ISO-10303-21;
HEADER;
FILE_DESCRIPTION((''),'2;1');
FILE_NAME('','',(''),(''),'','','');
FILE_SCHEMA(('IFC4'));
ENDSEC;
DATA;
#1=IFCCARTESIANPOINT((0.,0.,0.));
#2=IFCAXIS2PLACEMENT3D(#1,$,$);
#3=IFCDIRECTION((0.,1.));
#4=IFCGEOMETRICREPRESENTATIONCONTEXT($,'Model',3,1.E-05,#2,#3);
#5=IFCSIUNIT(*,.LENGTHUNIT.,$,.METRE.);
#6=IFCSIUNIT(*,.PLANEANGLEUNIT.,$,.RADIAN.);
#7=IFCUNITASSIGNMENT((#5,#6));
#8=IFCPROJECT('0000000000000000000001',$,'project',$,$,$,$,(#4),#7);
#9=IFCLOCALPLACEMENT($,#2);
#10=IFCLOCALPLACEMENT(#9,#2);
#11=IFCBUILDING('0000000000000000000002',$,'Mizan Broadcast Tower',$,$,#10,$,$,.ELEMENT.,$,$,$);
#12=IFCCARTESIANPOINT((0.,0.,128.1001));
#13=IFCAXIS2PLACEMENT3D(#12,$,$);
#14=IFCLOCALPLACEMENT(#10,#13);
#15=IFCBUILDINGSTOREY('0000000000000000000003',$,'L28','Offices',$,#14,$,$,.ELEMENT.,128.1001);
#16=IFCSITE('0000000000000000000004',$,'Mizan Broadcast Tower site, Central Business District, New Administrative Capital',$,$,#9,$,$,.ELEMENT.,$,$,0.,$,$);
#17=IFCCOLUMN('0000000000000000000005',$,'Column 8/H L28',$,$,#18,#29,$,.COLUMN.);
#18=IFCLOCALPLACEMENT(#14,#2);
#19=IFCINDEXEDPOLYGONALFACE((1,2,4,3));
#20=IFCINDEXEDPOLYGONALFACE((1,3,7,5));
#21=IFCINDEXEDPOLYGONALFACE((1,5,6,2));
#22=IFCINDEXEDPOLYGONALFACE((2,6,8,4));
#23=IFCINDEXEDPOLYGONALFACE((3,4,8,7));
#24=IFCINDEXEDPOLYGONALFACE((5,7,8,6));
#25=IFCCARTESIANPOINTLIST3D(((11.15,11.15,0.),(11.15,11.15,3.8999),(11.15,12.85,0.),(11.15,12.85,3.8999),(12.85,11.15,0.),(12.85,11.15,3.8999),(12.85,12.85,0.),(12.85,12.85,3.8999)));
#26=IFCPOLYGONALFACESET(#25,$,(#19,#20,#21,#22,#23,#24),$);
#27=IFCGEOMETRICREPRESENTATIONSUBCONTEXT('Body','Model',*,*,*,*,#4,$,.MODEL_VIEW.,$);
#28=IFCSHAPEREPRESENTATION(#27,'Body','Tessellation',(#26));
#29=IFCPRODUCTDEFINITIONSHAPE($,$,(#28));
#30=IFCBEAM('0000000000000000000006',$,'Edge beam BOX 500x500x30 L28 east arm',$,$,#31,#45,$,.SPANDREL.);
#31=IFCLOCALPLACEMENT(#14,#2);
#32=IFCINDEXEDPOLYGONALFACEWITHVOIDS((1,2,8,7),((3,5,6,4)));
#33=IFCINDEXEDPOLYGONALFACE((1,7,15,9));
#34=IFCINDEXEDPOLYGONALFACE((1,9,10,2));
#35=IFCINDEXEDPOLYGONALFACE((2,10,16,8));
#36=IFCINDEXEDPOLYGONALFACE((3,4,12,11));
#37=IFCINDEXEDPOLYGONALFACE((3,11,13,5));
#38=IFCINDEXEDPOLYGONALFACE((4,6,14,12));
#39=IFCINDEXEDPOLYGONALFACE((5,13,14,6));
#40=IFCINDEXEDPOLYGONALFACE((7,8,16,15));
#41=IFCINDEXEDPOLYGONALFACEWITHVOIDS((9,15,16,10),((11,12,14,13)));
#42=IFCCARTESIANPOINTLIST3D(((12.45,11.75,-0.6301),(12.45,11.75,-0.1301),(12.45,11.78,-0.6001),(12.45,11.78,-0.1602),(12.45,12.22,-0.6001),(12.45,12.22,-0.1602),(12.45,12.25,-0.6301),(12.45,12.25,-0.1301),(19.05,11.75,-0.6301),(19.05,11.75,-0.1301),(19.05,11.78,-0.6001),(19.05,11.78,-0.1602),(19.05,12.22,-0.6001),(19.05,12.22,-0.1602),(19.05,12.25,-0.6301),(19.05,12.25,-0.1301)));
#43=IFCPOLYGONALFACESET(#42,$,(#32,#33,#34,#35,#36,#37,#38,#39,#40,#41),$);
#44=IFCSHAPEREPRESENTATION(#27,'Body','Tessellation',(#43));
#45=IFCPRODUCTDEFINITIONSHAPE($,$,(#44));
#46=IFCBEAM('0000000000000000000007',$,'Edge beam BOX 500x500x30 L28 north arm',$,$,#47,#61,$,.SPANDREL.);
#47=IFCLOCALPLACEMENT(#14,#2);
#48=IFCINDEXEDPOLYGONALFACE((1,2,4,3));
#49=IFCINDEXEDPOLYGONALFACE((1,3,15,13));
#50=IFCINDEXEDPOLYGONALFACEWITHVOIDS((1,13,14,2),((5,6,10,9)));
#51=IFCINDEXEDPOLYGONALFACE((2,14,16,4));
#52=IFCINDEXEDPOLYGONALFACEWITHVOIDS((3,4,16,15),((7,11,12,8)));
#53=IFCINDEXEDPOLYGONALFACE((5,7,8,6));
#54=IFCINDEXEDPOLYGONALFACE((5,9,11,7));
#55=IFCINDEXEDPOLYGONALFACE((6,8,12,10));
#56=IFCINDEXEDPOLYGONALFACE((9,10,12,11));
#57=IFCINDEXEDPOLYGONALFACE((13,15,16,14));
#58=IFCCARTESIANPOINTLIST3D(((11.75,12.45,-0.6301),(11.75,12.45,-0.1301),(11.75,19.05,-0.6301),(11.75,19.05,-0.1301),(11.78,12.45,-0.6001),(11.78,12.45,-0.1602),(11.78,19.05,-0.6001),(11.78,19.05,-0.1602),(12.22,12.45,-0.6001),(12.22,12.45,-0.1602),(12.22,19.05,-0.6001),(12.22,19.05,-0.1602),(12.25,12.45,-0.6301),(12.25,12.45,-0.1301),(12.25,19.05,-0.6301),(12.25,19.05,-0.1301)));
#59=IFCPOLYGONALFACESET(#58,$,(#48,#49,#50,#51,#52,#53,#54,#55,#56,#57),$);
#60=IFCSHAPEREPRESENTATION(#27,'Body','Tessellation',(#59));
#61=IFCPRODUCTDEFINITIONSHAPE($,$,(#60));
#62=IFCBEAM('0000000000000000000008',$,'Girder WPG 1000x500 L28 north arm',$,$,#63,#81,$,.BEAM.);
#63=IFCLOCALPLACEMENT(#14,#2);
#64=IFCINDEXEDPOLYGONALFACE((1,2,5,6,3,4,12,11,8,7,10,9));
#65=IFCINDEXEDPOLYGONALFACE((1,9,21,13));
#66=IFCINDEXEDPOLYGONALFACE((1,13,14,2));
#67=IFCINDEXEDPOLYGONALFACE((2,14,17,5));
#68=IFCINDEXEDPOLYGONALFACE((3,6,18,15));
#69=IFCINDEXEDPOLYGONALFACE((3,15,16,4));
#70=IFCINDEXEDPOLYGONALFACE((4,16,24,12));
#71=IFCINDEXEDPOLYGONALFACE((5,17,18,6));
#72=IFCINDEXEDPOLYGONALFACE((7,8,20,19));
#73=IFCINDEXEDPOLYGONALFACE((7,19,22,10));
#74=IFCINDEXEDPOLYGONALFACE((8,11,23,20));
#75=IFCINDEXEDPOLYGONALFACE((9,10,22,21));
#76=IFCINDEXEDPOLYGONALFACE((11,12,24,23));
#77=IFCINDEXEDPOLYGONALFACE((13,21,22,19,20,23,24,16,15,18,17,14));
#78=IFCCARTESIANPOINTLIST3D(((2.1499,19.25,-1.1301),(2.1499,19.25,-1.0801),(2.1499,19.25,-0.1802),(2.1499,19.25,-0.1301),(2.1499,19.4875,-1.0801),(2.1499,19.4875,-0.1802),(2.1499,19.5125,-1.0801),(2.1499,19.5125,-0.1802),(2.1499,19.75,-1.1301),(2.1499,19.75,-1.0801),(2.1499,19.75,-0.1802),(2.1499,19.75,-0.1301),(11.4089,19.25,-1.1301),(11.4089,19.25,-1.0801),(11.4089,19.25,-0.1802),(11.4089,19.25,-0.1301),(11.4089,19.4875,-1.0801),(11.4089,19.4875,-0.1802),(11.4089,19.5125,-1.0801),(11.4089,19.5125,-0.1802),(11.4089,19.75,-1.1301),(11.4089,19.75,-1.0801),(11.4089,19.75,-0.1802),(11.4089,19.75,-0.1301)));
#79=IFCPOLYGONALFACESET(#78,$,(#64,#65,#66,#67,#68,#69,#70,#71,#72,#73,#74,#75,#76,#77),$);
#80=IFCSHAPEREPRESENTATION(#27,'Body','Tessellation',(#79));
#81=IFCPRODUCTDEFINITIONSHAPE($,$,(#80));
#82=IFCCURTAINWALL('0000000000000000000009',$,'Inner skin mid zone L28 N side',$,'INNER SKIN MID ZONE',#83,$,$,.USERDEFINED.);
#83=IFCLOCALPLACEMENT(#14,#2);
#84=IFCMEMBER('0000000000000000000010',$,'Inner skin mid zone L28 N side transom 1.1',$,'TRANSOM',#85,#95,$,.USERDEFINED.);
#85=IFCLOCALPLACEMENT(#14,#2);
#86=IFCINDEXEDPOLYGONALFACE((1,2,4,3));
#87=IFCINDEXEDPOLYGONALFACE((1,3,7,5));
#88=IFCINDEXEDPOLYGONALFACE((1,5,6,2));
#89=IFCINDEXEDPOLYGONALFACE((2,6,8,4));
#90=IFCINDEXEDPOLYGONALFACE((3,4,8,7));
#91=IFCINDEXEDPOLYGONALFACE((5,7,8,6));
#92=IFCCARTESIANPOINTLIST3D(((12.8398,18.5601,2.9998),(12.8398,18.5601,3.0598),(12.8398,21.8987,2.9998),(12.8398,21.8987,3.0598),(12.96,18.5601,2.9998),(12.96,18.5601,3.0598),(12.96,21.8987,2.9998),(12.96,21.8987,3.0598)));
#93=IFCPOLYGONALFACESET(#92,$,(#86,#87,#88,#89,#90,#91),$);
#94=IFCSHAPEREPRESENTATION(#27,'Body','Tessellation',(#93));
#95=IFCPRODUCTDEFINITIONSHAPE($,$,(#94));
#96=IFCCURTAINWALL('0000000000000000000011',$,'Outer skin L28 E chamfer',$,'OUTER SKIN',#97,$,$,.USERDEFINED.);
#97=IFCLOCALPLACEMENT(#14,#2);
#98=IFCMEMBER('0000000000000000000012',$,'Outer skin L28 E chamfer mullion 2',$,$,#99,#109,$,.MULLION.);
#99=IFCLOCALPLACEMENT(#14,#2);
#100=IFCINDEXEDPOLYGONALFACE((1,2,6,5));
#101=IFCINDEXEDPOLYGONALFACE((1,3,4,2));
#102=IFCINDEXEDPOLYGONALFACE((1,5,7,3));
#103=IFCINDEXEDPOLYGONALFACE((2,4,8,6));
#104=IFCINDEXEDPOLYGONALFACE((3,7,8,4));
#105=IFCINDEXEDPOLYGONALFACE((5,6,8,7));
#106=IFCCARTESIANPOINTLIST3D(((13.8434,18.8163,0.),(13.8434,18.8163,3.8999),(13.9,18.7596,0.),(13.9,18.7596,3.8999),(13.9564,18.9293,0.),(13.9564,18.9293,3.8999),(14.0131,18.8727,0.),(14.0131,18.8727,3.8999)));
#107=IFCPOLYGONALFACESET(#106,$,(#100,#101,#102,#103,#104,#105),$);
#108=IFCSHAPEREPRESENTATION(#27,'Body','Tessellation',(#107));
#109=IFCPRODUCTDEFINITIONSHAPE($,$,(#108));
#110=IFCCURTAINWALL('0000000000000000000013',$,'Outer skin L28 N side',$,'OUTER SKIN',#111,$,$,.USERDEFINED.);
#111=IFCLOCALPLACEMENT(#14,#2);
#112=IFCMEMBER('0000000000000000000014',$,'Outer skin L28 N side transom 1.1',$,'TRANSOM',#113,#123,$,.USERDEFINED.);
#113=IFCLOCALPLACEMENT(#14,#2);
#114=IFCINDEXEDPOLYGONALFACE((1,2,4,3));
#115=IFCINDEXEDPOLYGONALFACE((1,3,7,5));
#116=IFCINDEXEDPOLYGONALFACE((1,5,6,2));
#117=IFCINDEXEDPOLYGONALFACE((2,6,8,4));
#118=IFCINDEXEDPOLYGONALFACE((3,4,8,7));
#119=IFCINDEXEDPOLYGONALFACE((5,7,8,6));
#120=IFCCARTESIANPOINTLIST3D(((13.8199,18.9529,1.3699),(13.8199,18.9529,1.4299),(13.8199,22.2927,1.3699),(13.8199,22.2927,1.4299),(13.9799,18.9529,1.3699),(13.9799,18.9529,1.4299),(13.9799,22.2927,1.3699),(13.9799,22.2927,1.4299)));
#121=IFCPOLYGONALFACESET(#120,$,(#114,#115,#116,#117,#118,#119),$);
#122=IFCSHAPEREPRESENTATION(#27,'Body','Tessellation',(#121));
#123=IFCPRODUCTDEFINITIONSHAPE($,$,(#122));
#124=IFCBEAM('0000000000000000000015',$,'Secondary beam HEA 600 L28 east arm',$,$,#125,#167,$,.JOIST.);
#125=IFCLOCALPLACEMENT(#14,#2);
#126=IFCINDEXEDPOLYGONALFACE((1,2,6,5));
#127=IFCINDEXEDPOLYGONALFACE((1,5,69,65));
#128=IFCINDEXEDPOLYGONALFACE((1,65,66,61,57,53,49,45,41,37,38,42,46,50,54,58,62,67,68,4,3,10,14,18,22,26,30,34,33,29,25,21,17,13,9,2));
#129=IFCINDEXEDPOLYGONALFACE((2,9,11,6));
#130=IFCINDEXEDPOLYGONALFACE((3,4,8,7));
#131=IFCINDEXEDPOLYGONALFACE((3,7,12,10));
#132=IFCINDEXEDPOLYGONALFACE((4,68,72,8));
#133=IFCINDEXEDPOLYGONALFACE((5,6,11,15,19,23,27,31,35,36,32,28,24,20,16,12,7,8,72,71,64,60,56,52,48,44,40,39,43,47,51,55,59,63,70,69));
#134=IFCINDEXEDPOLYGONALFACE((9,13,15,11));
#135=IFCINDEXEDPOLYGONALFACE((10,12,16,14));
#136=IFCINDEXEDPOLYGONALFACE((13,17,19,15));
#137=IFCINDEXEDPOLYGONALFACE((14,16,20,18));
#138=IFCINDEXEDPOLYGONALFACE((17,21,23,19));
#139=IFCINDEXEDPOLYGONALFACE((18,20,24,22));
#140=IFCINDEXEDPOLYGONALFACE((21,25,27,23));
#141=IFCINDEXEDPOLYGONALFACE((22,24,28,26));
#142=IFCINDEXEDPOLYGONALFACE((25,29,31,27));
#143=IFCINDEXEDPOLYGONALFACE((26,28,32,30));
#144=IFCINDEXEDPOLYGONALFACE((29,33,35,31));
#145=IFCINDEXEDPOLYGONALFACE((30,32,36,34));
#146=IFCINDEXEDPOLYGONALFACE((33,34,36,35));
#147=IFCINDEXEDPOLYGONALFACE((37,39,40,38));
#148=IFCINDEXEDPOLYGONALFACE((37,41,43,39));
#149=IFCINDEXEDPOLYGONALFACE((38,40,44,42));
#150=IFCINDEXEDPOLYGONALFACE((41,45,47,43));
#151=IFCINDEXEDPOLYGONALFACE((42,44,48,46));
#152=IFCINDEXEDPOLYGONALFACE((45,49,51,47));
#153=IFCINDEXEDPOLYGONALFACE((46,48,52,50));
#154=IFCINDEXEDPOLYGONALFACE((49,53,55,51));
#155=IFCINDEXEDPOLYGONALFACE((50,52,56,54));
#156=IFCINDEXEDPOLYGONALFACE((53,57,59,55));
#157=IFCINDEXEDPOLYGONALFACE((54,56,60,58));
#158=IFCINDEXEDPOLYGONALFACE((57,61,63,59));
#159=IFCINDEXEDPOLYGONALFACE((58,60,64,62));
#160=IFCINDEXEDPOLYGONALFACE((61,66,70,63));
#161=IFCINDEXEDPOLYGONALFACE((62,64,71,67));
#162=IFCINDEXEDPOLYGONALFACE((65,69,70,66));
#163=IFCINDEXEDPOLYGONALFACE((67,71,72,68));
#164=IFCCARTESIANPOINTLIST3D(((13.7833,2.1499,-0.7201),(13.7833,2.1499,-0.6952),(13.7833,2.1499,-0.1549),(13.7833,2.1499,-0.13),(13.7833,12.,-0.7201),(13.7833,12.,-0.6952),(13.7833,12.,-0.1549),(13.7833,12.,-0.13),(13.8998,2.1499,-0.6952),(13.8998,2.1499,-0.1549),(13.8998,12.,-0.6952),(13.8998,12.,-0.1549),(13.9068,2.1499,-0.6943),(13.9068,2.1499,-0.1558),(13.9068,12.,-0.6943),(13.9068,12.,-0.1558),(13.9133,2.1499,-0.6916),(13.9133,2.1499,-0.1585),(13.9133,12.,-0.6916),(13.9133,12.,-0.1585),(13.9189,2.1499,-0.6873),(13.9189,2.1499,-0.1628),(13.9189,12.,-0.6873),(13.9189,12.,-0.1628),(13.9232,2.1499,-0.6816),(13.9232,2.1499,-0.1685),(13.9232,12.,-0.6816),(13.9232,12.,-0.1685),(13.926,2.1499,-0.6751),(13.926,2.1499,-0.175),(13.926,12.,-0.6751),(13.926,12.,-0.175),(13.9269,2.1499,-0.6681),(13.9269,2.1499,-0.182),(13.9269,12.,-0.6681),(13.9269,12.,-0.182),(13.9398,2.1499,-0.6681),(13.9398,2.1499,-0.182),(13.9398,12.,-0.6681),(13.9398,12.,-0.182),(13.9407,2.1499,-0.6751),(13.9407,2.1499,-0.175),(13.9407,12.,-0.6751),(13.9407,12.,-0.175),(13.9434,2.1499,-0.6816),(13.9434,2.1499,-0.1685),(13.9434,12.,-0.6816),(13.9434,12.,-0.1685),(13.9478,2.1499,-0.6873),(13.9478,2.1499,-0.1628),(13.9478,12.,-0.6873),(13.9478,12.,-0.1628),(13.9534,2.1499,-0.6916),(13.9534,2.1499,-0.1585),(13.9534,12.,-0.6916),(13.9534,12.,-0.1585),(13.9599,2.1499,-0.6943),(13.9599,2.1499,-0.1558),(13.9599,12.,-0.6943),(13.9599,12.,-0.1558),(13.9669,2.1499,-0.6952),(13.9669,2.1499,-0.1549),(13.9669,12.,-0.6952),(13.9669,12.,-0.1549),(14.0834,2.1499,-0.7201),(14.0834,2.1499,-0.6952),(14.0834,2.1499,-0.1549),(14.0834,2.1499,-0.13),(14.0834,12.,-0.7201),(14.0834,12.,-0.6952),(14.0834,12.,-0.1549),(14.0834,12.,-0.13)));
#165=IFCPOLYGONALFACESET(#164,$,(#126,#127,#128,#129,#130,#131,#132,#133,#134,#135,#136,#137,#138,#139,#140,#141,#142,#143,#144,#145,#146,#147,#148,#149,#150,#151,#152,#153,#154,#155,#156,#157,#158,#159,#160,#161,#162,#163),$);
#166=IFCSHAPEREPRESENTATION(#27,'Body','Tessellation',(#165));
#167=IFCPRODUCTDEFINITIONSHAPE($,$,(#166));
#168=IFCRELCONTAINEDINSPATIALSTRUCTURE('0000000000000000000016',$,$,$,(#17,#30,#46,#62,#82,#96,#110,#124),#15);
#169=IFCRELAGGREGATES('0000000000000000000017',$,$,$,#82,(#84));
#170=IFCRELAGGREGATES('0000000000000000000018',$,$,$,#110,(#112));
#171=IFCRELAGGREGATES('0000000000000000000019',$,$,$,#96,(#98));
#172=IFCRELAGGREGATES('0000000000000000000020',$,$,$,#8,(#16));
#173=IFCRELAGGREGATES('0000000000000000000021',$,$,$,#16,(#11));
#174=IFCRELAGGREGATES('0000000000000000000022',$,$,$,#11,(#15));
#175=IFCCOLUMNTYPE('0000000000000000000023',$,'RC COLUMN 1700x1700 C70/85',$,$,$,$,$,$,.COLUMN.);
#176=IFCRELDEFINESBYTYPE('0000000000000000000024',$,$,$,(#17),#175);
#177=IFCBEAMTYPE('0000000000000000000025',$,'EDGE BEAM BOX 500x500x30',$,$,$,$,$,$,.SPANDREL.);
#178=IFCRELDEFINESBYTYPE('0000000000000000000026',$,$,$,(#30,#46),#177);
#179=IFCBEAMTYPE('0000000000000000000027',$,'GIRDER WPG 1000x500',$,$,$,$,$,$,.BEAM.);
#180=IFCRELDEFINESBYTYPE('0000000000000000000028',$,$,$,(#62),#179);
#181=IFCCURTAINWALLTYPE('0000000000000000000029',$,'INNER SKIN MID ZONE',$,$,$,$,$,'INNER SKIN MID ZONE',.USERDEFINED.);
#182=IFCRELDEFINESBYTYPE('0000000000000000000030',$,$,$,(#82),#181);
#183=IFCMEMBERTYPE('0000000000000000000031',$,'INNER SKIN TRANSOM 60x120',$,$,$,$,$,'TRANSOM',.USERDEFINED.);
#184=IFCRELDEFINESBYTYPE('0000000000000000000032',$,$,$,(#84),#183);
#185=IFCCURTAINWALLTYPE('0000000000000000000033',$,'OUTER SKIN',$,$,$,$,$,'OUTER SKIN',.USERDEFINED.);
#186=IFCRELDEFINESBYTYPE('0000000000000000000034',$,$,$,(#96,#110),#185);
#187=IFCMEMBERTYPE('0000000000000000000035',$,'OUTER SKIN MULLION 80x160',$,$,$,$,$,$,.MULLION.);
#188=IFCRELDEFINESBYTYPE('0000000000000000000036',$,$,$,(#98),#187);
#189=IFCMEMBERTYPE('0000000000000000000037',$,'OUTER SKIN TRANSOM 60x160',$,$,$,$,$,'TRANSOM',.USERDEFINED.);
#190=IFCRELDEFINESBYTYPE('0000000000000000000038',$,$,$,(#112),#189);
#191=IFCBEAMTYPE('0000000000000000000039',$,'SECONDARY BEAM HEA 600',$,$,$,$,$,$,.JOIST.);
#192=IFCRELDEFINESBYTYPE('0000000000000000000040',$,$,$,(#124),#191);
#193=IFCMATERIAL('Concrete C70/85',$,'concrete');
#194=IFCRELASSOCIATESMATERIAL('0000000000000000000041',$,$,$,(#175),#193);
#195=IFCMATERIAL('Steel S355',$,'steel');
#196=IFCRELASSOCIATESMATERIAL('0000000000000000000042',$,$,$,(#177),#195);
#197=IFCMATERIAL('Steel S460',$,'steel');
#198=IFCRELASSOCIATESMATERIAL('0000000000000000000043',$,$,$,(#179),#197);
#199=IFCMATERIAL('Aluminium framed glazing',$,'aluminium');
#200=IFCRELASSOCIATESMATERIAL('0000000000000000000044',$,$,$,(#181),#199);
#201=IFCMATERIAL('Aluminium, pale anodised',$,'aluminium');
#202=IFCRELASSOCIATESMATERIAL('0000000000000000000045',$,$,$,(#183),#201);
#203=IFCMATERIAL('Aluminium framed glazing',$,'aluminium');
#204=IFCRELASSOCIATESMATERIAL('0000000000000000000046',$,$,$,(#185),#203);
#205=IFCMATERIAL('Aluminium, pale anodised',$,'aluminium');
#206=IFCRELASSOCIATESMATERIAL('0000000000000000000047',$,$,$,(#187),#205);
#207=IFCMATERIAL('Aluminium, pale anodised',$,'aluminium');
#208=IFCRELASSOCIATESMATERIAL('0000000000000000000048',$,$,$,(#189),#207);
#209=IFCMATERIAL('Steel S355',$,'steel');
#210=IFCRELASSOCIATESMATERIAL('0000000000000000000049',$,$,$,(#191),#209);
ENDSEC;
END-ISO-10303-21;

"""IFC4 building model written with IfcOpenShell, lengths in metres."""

from ifc_helpers import new_model, si_unit, direction, frame, origin, origin_2d, place, context, subcontext, project, spatial, rectangle, hollow_rectangle, i_section, extrude, material, material_profile, profile_set, type_object, element, aggregate, save


model = new_model("IFC4")

# Units and contexts
model_context = context("Model", 3, precision=1e-05, world=origin(), true_north=direction((0.0, 1.0)))
body_context = subcontext(model_context, "Body", "Model", "MODEL_VIEW")
ifc_project = project(units=[si_unit("LENGTHUNIT", "METRE"), si_unit("PLANEANGLEUNIT", "RADIAN")], contexts=[model_context])

# Site, building, storey
site_placement = place(None, origin())
site = spatial("IfcSite", under=ifc_project, at=site_placement, Name="Mizan Broadcast Tower site, Central Business District, New Administrative Capital", CompositionType="ELEMENT", RefElevation=0.0)
building_placement = place(site_placement, origin())
building = spatial("IfcBuilding", under=site, at=building_placement, Name="Mizan Broadcast Tower", CompositionType="ELEMENT")
storey_placement = place(building_placement, frame((0.0, 0.0, 128.1001)))
storey = spatial("IfcBuildingStorey", under=building, at=storey_placement, Name="L28", Description="Offices", CompositionType="ELEMENT", Elevation=128.1001)

# Column
ifc_material_1 = material(Name="Concrete C70/85", Category="concrete")
ifc_material_profile_1 = material_profile(ifc_material_1, rectangle(XDim=1.7, YDim=1.7, at=origin_2d()), Name="RC 1700x1700")
ifc_profile_set_1 = profile_set([ifc_material_profile_1], Name="Concrete C70/85")
column_type = type_object("IfcColumnType", Name="RC COLUMN 1700x1700 C70/85", PredefinedType="COLUMN", material=ifc_profile_set_1)
column_placement = place(storey_placement, frame((12.0, 12.0, 0.0), z_axis=(0.0, 0.0, 1.0), x_axis=(1.0, 0.0, 0.0)))
element("IfcColumn", 1, at=column_placement, inside=storey, type_object=column_type, Name="Column 8/H L28", PredefinedType="COLUMN", context=body_context, shape_type="SweptSolid", body=[
    extrude(rectangle(XDim=1.7, YDim=1.7, at=origin_2d()), origin(), (0.0, 0.0, 1.0), 3.8999),
])

# Beams
ifc_material_2 = material(Name="Steel S355", Category="steel")
ifc_material_profile_2 = material_profile(ifc_material_2, hollow_rectangle(XDim=0.5, YDim=0.5, WallThickness=0.03, at=origin_2d()), Name="BOX 500x500x30")
ifc_profile_set_2 = profile_set([ifc_material_profile_2], Name="Steel S355")
beam_type_1 = type_object("IfcBeamType", Name="EDGE BEAM BOX 500x500x30", PredefinedType="SPANDREL", material=ifc_profile_set_2)
for number, where, z_axis, x_axis, name in (
    (2, (12.45, 12.0, -0.3801), (1.0, 0.0, 0.0), (0.0, 1.0, 0.0), "Edge beam BOX 500x500x30 L28 east arm"),
    (3, (12.0, 12.45, -0.3801), (0.0, 1.0, 0.0), (-1.0, 0.0, 0.0), "Edge beam BOX 500x500x30 L28 north arm"),
):
    element("IfcBeam", number, at=place(storey_placement, frame(where, z_axis=z_axis, x_axis=x_axis)), inside=storey, type_object=beam_type_1, Name=name, PredefinedType="SPANDREL", context=body_context, shape_type="SweptSolid", body=[
        extrude(hollow_rectangle(XDim=0.5, YDim=0.5, WallThickness=0.03, at=origin_2d()), origin(), (0.0, 0.0, 1.0), 6.6001),
    ])
ifc_material_3 = material(Name="Steel S460", Category="steel")
ifc_material_profile_3 = material_profile(ifc_material_3, i_section(OverallWidth=0.5, OverallDepth=1.0, WebThickness=0.0249, FlangeThickness=0.05, at=origin_2d()), Name="WPG 1000x500")
ifc_profile_set_3 = profile_set([ifc_material_profile_3], Name="Steel S460")
beam_type_2 = type_object("IfcBeamType", Name="GIRDER WPG 1000x500", PredefinedType="BEAM", material=ifc_profile_set_3)
beam_1_placement = place(storey_placement, frame((11.4089, 19.5, -0.6301), z_axis=(-1.0, 0.0, 0.0), x_axis=(0.0, -1.0, 0.0)))
element("IfcBeam", 4, at=beam_1_placement, inside=storey, type_object=beam_type_2, Name="Girder WPG 1000x500 L28 north arm", PredefinedType="BEAM", context=body_context, shape_type="SweptSolid", body=[
    extrude(i_section(OverallWidth=0.5, OverallDepth=1.0, WebThickness=0.0249, FlangeThickness=0.05, at=origin_2d()), origin(), (0.0, 0.0, 1.0), 9.259),
])

# Curtain walls, members
ifc_material_4 = material(Name="Aluminium framed glazing", Category="aluminium")
curtain_wall_type_1 = type_object("IfcCurtainWallType", Name="INNER SKIN MID ZONE", ElementType="INNER SKIN MID ZONE", PredefinedType="USERDEFINED", material=ifc_material_4)
curtain_wall_1_placement = place(storey_placement, origin())
curtain_wall_1 = element("IfcCurtainWall", 5, at=curtain_wall_1_placement, inside=storey, type_object=curtain_wall_type_1, Name="Inner skin mid zone L28 N side", ObjectType="INNER SKIN MID ZONE", PredefinedType="USERDEFINED")
ifc_material_5 = material(Name="Aluminium, pale anodised", Category="aluminium")
ifc_material_profile_4 = material_profile(ifc_material_5, rectangle(XDim=0.1201, YDim=0.0601, at=origin_2d()), Name="TRANSOM 120x60")
ifc_profile_set_4 = profile_set([ifc_material_profile_4], Name="Aluminium, pale anodised")
member_type_1 = type_object("IfcMemberType", Name="INNER SKIN TRANSOM 60x120", ElementType="TRANSOM", PredefinedType="USERDEFINED", material=ifc_profile_set_4)
member_1_placement = place(storey_placement, frame((12.8999, 18.5601, 3.0298), z_axis=(0.0, 1.0, 0.0), x_axis=(-1.0, 0.0, 0.0)))
member_1 = element("IfcMember", 6, at=member_1_placement, type_object=member_type_1, Name="Inner skin mid zone L28 N side transom 1.1", ObjectType="TRANSOM", PredefinedType="USERDEFINED", context=body_context, shape_type="SweptSolid", body=[
    extrude(rectangle(XDim=0.1201, YDim=0.0601, at=origin_2d()), origin(), (0.0, 0.0, 1.0), 3.3386),
])
aggregate(curtain_wall_1, [member_1])
ifc_material_6 = material(Name="Aluminium framed glazing", Category="aluminium")
curtain_wall_type_2 = type_object("IfcCurtainWallType", Name="OUTER SKIN", ElementType="OUTER SKIN", PredefinedType="USERDEFINED", material=ifc_material_6)
curtain_wall_2_placement = place(storey_placement, origin())
curtain_wall_2 = element("IfcCurtainWall", 7, at=curtain_wall_2_placement, inside=storey, type_object=curtain_wall_type_2, Name="Outer skin L28 E chamfer", ObjectType="OUTER SKIN", PredefinedType="USERDEFINED")
ifc_material_7 = material(Name="Aluminium, pale anodised", Category="aluminium")
ifc_material_profile_5 = material_profile(ifc_material_7, rectangle(XDim=0.1599, YDim=0.0801, at=origin_2d()), Name="MULLION 160x80")
ifc_profile_set_5 = profile_set([ifc_material_profile_5], Name="Aluminium, pale anodised")
member_type_2 = type_object("IfcMemberType", Name="OUTER SKIN MULLION 80x160", PredefinedType="MULLION", material=ifc_profile_set_5)
member_2_placement = place(storey_placement, frame((13.9282, 18.8445, 0.0), z_axis=(0.0, 0.0, 1.0), x_axis=(-0.707107, -0.707107, 0.0)))
member_2 = element("IfcMember", 8, at=member_2_placement, type_object=member_type_2, Name="Outer skin L28 E chamfer mullion 2", PredefinedType="MULLION", context=body_context, shape_type="SweptSolid", body=[
    extrude(rectangle(XDim=0.1599, YDim=0.0801, at=origin_2d()), origin(), (0.0, 0.0, 1.0), 3.8999),
])
curtain_wall_3_placement = place(storey_placement, origin())
curtain_wall_3 = element("IfcCurtainWall", 9, at=curtain_wall_3_placement, inside=storey, type_object=curtain_wall_type_2, Name="Outer skin L28 N side", ObjectType="OUTER SKIN", PredefinedType="USERDEFINED")
ifc_material_8 = material(Name="Aluminium, pale anodised", Category="aluminium")
ifc_material_profile_6 = material_profile(ifc_material_8, rectangle(XDim=0.1599, YDim=0.0601, at=origin_2d()), Name="TRANSOM 160x60")
ifc_profile_set_6 = profile_set([ifc_material_profile_6], Name="Aluminium, pale anodised")
member_type_3 = type_object("IfcMemberType", Name="OUTER SKIN TRANSOM 60x160", ElementType="TRANSOM", PredefinedType="USERDEFINED", material=ifc_profile_set_6)
member_3_placement = place(storey_placement, frame((13.8999, 18.9529, 1.3999), z_axis=(0.0, 1.0, 0.0), x_axis=(-1.0, 0.0, 0.0)))
member_3 = element("IfcMember", 10, at=member_3_placement, type_object=member_type_3, Name="Outer skin L28 N side transom 1.1", ObjectType="TRANSOM", PredefinedType="USERDEFINED", context=body_context, shape_type="SweptSolid", body=[
    extrude(rectangle(XDim=0.1599, YDim=0.0601, at=origin_2d()), origin(), (0.0, 0.0, 1.0), 3.3398),
])
aggregate(curtain_wall_3, [member_3])

# Beam
ifc_material_9 = material(Name="Steel S355", Category="steel")
ifc_material_profile_7 = material_profile(ifc_material_9, i_section(OverallWidth=0.3, OverallDepth=0.5901, WebThickness=0.0129, FlangeThickness=0.0249, FilletRadius=0.0271, at=origin_2d()), Name="HEA 600")
ifc_profile_set_7 = profile_set([ifc_material_profile_7], Name="Steel S355")
beam_type_3 = type_object("IfcBeamType", Name="SECONDARY BEAM HEA 600", PredefinedType="JOIST", material=ifc_profile_set_7)
for number, where, z_axis, x_axis, name in (
    (11, (13.9333, 12.0, -0.425), (0.0, -1.0, 0.0), (1.0, 0.0, 0.0), "Secondary beam HEA 600 L28 east arm"),
):
    element("IfcBeam", number, at=place(storey_placement, frame(where, z_axis=z_axis, x_axis=x_axis)), inside=storey, type_object=beam_type_3, Name=name, PredefinedType="JOIST", context=body_context, shape_type="SweptSolid", body=[
        extrude(i_section(OverallWidth=0.3, OverallDepth=0.5901, WebThickness=0.0129, FlangeThickness=0.0249, FilletRadius=0.0271, at=origin_2d()), origin(), (0.0, 0.0, 1.0), 9.8501),
    ])

aggregate(curtain_wall_2, [member_2])

save(model, "model.ifc")
